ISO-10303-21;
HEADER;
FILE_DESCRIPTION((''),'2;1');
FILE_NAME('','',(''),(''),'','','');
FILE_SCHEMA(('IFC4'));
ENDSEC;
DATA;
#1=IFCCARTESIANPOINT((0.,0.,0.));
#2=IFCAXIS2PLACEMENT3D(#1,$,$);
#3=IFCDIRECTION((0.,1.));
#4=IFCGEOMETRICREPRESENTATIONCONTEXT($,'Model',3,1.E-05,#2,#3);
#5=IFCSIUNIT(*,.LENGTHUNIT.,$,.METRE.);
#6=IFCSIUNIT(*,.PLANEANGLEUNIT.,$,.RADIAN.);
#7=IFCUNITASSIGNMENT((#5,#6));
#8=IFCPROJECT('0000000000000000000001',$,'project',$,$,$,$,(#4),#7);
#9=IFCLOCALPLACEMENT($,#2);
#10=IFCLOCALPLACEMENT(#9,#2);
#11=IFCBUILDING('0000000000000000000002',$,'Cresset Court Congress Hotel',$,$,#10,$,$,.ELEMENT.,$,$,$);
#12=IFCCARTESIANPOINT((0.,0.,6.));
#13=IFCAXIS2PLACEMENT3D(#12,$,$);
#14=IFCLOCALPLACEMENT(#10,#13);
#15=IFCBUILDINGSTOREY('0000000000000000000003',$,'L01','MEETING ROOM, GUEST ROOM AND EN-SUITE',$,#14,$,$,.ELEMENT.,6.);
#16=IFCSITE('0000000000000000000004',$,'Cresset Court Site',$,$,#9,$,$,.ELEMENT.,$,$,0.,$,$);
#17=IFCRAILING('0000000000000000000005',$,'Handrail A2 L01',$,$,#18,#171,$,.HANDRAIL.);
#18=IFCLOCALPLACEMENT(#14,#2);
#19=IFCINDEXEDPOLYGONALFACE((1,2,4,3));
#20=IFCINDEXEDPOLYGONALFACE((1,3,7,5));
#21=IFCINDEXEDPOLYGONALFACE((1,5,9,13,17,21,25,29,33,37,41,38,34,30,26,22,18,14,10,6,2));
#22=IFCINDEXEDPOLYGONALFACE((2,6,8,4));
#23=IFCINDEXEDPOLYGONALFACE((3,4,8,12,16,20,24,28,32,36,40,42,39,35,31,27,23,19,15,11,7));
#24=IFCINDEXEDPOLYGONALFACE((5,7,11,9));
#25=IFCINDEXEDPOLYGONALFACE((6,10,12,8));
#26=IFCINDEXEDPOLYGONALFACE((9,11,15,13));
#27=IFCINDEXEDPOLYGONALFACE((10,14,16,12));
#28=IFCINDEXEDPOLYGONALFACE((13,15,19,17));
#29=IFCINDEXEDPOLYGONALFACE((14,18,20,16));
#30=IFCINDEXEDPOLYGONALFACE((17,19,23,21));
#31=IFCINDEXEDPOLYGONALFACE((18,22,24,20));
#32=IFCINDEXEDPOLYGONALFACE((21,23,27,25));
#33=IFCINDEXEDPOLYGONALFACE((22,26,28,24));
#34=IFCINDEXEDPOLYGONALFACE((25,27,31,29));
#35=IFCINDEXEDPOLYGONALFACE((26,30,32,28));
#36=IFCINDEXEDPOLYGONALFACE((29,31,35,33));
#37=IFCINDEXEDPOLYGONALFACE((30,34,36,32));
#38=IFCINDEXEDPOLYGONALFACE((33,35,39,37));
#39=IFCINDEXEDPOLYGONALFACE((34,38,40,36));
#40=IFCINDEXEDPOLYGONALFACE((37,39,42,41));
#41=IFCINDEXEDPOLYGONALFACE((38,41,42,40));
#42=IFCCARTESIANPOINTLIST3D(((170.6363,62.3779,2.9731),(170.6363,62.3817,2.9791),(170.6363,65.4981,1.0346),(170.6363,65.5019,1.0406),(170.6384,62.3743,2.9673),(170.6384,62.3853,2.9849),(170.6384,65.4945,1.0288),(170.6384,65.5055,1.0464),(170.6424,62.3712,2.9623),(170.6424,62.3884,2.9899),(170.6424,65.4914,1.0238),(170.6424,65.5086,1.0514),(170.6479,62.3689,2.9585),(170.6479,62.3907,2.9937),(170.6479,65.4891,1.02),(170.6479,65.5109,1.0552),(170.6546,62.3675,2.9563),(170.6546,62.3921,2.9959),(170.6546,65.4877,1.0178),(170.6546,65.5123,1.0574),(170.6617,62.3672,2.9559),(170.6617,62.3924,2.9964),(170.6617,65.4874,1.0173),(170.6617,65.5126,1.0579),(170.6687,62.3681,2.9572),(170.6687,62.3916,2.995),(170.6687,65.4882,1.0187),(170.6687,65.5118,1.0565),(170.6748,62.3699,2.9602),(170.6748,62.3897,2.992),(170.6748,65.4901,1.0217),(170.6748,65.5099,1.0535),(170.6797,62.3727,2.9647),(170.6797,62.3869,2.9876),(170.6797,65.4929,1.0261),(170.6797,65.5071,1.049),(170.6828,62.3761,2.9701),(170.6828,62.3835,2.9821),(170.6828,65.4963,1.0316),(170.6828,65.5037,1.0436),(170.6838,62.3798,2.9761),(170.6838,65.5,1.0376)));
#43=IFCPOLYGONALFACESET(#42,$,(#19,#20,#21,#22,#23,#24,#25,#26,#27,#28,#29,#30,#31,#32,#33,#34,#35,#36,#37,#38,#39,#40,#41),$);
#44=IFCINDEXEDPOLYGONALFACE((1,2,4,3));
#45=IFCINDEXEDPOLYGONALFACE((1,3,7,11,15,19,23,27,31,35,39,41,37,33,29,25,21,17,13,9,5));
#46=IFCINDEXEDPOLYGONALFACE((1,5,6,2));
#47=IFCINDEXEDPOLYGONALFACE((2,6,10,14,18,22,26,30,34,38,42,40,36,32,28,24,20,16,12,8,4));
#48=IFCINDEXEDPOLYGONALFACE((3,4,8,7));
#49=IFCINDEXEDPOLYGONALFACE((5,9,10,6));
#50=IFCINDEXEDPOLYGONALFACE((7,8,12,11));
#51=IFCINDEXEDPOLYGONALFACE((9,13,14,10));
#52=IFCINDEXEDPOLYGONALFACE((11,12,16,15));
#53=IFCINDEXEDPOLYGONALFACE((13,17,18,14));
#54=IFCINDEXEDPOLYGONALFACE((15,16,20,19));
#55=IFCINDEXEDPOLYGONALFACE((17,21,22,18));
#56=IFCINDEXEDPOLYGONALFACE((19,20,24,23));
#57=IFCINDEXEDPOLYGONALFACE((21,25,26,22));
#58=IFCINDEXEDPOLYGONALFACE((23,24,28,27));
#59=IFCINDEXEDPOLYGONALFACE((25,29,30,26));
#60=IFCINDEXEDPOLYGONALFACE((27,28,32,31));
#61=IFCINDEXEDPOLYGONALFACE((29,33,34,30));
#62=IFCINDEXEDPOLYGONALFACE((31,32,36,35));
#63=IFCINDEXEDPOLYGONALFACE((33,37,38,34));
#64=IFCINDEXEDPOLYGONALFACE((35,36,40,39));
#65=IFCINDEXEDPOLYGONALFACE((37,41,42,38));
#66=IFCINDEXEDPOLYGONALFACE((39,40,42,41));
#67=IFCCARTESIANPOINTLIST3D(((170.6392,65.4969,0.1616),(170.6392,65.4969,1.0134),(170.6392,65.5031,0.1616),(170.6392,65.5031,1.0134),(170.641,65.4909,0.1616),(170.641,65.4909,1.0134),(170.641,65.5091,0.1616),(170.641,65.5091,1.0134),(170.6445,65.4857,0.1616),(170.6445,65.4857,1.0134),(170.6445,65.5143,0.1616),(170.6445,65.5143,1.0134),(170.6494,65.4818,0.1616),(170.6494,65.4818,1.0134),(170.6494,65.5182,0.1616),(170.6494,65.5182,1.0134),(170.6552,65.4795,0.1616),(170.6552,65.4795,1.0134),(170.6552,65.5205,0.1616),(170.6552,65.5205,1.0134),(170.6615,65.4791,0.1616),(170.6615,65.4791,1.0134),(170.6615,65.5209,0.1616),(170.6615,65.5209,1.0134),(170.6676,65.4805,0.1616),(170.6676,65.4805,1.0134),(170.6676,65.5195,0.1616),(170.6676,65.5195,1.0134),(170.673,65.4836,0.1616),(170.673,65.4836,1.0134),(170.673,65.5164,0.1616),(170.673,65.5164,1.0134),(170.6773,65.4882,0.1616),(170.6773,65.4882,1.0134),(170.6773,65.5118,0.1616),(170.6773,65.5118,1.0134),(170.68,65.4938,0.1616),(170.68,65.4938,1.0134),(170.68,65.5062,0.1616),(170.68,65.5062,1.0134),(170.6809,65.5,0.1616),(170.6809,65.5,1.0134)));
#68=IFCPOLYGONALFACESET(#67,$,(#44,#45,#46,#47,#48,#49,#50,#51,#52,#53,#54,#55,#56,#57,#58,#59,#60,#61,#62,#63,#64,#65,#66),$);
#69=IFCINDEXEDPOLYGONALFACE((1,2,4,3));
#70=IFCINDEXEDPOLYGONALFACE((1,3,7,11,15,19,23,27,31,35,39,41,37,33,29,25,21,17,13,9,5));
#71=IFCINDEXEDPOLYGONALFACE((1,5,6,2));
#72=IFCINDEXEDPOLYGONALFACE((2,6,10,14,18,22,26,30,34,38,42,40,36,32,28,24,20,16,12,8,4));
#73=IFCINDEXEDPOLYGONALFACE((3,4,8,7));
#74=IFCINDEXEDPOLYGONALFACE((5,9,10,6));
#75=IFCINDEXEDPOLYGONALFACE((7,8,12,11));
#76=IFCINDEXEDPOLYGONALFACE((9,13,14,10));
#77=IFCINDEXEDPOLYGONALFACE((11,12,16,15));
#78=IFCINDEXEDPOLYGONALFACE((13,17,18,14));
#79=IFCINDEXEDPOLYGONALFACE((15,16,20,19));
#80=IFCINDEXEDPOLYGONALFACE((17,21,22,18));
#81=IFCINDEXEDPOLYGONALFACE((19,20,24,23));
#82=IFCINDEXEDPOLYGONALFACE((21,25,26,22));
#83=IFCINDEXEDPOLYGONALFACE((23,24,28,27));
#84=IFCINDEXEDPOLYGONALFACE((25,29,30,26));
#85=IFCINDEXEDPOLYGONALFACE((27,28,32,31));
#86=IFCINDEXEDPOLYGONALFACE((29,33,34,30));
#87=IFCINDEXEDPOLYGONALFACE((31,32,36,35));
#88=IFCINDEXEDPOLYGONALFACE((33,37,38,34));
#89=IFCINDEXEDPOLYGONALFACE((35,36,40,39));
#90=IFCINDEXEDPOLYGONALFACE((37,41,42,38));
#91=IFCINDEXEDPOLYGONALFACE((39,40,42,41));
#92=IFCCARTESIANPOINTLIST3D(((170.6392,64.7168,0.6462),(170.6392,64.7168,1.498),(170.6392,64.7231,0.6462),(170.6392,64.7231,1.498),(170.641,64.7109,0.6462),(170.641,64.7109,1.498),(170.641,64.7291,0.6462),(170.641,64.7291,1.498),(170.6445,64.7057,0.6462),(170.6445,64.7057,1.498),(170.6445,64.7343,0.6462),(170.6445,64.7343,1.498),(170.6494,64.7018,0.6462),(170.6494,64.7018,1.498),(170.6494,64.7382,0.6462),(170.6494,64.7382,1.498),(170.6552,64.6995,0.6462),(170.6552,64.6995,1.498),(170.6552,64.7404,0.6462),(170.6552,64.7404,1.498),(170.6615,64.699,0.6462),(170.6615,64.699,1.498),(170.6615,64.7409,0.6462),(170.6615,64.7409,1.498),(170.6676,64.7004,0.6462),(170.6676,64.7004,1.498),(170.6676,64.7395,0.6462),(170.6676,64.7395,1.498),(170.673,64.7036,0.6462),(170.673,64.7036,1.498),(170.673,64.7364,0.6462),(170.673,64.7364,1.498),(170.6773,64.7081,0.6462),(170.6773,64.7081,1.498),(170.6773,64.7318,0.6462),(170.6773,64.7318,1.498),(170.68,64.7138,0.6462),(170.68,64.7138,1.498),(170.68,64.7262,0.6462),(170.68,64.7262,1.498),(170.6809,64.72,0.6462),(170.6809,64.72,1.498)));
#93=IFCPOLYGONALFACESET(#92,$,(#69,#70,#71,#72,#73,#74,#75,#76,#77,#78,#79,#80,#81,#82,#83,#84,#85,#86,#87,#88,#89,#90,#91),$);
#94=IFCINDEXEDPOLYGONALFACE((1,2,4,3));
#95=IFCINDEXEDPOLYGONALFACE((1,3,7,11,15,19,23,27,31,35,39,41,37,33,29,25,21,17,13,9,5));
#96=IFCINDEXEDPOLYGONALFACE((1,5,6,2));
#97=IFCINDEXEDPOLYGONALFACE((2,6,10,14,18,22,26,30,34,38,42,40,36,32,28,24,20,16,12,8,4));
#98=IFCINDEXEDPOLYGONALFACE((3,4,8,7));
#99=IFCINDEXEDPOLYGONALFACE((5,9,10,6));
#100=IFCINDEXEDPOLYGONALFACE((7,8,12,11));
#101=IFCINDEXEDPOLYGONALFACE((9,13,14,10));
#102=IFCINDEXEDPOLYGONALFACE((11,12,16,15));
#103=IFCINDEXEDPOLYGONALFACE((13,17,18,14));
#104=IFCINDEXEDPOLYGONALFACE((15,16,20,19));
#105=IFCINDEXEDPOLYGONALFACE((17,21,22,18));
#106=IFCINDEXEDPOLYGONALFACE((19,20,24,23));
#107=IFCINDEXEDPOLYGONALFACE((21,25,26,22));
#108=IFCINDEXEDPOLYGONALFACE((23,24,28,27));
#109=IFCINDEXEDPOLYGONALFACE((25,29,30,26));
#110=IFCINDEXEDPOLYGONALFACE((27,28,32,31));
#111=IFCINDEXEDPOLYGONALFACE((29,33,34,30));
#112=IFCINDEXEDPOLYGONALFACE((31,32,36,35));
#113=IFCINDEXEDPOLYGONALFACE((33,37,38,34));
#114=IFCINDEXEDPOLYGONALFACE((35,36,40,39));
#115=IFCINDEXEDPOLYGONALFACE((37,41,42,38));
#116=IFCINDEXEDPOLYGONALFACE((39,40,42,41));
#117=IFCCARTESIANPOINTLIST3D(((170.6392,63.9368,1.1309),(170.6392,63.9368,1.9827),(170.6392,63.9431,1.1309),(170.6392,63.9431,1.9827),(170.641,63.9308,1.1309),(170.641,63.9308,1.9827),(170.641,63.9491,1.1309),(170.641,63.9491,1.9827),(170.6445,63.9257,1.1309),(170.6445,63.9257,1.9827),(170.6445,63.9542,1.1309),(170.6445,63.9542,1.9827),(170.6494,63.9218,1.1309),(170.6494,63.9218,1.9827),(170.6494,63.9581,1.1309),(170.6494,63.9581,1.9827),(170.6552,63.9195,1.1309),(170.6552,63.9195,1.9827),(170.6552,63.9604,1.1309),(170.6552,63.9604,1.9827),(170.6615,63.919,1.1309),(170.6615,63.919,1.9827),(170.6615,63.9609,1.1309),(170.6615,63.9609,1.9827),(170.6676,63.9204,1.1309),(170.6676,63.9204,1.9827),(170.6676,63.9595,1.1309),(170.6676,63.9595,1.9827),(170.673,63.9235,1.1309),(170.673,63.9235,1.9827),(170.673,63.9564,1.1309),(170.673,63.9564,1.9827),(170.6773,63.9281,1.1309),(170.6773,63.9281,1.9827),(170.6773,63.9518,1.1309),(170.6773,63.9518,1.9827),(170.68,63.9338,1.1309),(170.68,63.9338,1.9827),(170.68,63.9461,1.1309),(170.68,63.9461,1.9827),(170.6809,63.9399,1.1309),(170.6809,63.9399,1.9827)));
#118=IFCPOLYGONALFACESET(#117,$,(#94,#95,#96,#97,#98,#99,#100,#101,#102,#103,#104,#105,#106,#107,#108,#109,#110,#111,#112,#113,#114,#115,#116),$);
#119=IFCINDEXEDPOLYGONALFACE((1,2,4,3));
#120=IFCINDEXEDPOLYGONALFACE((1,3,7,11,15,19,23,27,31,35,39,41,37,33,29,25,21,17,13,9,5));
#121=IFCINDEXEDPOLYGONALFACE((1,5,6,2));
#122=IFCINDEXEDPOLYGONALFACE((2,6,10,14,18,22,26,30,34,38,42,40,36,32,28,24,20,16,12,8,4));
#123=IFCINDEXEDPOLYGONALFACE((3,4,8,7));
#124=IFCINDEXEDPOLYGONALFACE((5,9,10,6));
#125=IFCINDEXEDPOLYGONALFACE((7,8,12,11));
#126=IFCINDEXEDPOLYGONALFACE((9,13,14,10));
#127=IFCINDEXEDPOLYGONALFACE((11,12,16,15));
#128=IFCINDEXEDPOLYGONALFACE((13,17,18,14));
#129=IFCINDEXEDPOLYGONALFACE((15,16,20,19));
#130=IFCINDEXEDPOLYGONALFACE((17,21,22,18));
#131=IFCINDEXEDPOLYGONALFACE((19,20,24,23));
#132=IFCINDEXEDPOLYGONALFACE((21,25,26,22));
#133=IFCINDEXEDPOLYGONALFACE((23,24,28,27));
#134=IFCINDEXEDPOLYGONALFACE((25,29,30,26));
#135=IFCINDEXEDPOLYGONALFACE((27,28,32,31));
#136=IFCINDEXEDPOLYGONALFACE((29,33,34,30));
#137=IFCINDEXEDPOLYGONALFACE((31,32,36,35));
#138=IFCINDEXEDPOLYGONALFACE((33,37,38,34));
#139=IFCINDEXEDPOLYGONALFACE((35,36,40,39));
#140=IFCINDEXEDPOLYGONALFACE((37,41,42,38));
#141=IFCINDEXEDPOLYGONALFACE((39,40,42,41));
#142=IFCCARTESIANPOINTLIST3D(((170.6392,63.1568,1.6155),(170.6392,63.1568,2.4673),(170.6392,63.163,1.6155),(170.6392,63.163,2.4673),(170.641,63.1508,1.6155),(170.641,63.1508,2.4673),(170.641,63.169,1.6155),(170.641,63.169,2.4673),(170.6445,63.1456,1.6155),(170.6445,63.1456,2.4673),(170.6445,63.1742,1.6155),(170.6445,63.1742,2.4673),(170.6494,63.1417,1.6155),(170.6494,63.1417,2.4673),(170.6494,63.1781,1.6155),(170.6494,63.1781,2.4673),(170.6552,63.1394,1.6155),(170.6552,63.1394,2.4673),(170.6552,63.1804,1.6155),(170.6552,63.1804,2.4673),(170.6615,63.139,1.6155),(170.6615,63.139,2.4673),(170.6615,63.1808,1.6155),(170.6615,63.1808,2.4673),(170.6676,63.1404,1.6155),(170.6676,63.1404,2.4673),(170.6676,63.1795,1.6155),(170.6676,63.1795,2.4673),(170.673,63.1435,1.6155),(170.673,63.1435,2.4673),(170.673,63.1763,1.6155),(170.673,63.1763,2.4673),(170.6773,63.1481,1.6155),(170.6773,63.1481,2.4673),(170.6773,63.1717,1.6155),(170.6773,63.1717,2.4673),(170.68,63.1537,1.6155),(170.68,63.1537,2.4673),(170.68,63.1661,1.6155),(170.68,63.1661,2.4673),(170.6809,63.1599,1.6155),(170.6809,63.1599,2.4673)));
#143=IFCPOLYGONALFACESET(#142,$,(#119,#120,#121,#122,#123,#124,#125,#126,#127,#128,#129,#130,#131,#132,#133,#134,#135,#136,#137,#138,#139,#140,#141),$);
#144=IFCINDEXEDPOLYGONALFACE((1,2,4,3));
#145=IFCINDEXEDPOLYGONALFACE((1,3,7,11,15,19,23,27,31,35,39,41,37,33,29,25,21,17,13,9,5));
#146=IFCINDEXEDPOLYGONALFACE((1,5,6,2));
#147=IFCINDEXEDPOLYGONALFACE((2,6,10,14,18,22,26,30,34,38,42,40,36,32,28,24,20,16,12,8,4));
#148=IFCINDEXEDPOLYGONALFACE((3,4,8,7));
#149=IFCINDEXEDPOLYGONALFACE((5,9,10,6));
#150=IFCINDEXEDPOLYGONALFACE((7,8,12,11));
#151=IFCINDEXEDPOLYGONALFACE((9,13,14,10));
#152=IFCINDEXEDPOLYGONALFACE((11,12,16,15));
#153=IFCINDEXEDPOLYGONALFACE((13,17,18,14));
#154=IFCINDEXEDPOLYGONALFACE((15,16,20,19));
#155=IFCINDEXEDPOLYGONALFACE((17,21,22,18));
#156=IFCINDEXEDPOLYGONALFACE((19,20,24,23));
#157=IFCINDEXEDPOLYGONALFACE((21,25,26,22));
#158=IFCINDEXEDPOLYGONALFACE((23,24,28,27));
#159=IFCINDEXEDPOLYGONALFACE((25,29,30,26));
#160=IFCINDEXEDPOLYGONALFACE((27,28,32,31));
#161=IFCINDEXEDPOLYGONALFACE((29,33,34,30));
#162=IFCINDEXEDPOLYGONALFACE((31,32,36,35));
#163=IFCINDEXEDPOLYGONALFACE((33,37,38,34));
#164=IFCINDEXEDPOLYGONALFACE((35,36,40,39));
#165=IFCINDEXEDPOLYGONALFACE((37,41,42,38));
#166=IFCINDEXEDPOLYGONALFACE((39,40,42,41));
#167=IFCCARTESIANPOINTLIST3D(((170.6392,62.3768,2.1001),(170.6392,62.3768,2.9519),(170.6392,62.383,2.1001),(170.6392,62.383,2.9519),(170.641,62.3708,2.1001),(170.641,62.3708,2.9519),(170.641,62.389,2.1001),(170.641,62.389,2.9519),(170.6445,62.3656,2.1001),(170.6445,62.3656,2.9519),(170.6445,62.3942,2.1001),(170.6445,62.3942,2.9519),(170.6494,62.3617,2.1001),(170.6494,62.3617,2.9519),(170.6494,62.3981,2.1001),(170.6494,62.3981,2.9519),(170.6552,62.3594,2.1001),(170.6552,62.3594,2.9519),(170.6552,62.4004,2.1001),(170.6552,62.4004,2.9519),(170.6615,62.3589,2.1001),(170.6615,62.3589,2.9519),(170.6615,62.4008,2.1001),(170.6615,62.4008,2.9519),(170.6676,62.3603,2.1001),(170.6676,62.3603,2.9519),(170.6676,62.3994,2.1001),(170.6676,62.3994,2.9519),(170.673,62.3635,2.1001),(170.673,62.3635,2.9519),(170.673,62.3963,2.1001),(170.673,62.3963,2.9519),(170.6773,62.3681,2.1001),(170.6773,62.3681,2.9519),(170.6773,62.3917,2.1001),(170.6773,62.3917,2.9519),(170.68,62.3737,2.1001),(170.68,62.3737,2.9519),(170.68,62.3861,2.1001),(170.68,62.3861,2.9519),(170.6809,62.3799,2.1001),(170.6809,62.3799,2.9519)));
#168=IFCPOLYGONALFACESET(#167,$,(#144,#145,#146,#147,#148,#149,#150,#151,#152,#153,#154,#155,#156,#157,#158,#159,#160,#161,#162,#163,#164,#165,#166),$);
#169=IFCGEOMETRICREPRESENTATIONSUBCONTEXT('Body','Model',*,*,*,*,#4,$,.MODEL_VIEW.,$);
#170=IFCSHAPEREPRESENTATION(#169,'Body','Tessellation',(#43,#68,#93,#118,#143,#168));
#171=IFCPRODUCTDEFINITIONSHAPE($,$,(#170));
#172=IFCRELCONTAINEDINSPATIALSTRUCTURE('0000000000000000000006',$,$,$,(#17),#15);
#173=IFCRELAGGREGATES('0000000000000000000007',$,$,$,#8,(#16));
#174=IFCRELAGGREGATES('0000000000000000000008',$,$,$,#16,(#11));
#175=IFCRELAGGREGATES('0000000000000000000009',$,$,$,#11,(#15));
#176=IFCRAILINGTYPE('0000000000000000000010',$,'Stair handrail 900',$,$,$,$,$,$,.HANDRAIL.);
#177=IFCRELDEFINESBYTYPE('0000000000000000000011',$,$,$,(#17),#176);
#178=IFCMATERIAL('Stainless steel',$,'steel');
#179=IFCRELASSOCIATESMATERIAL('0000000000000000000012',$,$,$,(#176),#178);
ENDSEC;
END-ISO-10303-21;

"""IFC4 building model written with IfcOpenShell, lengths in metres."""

from ifc_helpers import new_model, si_unit, direction, frame, origin, origin_2d, place, context, subcontext, project, spatial, circle, extrude, material, type_object, element, save


model = new_model("IFC4")

# Units and contexts
model_context = context("Model", 3, precision=1e-05, world=origin(), true_north=direction((0.0, 1.0)))
body_context = subcontext(model_context, "Body", "Model", "MODEL_VIEW")
ifc_project = project(units=[si_unit("LENGTHUNIT", "METRE"), si_unit("PLANEANGLEUNIT", "RADIAN")], contexts=[model_context])

# Site, building, storey
site_placement = place(None, origin())
site = spatial("IfcSite", under=ifc_project, at=site_placement, Name="Cresset Court Site", CompositionType="ELEMENT", RefElevation=0.0)
building_placement = place(site_placement, origin())
building = spatial("IfcBuilding", under=site, at=building_placement, Name="Cresset Court Congress Hotel", CompositionType="ELEMENT")
storey_placement = place(building_placement, frame((0.0, 0.0, 6.0)))
storey = spatial("IfcBuildingStorey", under=building, at=storey_placement, Name="L01", Description="MEETING ROOM, GUEST ROOM AND EN-SUITE", CompositionType="ELEMENT", Elevation=6.0)

# Railing
ifc_material_1 = material(Name="Stainless steel", Category="steel")
railing_type_1 = type_object("IfcRailingType", Name="Stair handrail 900", PredefinedType="HANDRAIL", material=ifc_material_1)
for number, where, name in (
    (1, (170.6599, 65.5, 0.1616), "Handrail A2 L01"),
):
    element("IfcRailing", number, at=place(storey_placement, frame(where)), inside=storey, type_object=railing_type_1, Name=name, PredefinedType="HANDRAIL", context=body_context, shape_type="SweptSolid", body=[
        extrude(circle(Radius=0.0239, at=origin_2d()), frame((0.0, 0.0, 0.876), z_axis=(0.0, -0.849414, 0.527727), x_axis=(1.0, 0.0, 0.0)), (0.0, 0.0, 1.0), 3.6733),
        extrude(circle(Radius=0.021, at=origin_2d()), origin(), (0.0, 0.0, 1.0), 0.8518),
        extrude(circle(Radius=0.021, at=origin_2d()), frame((0.0, -0.78, 0.4846)), (0.0, 0.0, 1.0), 0.8518),
        extrude(circle(Radius=0.021, at=origin_2d()), frame((0.0, -1.5601, 0.9692)), (0.0, 0.0, 1.0), 0.8518),
        extrude(circle(Radius=0.021, at=origin_2d()), frame((0.0, -2.3401, 1.4539)), (0.0, 0.0, 1.0), 0.8518),
        extrude(circle(Radius=0.021, at=origin_2d()), frame((0.0, -3.1201, 1.9385)), (0.0, 0.0, 1.0), 0.8518),
    ])

save(model, "model.ifc")
